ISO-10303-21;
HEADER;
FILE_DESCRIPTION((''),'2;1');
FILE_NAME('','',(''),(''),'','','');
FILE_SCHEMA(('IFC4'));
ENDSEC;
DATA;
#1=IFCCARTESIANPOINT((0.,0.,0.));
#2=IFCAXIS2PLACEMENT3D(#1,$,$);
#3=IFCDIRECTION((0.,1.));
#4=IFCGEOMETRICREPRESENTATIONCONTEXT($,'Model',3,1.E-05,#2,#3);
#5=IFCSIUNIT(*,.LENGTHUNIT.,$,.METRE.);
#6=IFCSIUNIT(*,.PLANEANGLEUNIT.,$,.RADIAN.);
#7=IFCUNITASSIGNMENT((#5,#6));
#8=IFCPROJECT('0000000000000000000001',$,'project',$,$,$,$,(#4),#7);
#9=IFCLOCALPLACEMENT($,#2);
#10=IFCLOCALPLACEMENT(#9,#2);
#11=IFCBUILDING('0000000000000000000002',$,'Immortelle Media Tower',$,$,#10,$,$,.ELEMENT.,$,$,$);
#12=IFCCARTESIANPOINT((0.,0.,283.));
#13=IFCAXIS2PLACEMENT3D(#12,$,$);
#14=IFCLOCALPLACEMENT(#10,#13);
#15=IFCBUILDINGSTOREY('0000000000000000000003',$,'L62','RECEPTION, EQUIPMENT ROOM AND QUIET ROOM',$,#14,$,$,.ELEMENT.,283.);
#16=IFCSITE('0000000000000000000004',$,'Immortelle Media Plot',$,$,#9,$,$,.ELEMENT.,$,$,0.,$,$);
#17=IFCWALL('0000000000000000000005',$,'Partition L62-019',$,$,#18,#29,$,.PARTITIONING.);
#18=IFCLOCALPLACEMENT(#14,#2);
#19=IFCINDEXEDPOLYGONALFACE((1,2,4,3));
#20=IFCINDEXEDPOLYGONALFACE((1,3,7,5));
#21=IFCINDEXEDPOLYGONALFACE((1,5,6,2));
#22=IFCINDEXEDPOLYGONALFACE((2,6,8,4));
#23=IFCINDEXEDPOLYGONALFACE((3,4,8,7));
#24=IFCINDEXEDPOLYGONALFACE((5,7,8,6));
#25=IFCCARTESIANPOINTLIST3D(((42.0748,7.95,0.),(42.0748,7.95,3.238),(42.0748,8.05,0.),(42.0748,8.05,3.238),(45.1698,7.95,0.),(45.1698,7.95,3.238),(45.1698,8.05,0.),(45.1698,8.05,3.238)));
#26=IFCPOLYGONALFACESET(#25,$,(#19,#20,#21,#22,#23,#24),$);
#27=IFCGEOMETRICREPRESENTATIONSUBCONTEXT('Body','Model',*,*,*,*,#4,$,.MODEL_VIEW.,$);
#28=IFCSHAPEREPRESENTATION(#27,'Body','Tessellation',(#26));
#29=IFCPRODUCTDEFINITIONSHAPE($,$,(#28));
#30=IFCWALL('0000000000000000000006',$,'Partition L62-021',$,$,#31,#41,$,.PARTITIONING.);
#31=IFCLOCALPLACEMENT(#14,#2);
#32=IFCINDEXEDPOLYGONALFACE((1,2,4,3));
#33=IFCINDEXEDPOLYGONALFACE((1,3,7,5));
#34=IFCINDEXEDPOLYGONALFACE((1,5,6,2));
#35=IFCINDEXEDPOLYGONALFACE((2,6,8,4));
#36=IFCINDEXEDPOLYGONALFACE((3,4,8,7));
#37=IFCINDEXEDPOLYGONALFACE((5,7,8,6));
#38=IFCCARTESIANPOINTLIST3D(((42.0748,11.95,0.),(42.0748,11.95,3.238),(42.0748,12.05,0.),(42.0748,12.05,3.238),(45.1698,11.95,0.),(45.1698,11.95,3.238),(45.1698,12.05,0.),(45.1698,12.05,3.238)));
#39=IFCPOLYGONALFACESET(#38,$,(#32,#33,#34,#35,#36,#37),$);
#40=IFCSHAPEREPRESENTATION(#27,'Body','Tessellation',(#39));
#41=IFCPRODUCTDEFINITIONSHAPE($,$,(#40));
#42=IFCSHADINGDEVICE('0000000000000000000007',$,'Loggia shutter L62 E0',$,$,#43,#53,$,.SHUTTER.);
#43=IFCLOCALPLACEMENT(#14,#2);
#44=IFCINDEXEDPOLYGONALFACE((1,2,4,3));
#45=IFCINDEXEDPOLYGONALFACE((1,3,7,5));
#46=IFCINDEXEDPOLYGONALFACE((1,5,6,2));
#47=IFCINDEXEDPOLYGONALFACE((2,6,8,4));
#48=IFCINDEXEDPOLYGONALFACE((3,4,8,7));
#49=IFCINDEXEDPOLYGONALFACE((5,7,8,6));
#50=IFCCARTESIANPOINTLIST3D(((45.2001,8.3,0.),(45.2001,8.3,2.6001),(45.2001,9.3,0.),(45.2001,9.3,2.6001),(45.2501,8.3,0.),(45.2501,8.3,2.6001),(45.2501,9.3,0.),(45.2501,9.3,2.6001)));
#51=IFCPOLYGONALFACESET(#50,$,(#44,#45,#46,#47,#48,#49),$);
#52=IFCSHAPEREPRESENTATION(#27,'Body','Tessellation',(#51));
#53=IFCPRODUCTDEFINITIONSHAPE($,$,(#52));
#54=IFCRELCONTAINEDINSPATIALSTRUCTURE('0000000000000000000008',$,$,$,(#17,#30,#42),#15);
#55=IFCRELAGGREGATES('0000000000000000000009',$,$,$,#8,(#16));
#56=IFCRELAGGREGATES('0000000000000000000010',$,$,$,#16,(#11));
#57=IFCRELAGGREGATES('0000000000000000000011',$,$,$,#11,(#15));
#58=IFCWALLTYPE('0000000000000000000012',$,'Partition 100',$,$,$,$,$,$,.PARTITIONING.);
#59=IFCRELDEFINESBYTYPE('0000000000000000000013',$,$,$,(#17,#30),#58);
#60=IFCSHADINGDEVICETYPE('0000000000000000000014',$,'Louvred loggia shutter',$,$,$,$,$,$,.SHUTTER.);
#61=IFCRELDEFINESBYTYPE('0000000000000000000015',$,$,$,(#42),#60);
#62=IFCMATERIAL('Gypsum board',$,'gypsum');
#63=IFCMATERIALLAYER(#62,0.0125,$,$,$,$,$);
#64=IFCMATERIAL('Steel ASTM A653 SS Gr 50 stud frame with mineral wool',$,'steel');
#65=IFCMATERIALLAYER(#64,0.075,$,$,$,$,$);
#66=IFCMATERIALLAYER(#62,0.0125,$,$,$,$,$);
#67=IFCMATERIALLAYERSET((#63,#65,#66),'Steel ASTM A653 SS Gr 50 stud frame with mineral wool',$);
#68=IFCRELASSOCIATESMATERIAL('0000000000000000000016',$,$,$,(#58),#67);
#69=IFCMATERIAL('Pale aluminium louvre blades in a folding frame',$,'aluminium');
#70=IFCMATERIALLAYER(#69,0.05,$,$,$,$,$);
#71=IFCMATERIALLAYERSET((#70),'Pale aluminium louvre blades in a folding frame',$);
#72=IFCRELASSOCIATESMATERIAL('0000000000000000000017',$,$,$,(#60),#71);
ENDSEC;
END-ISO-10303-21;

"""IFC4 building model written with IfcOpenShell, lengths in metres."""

from ifc_helpers import new_model, si_unit, direction, frame, frame_2d, origin, origin_2d, place, context, subcontext, project, spatial, rectangle, extrude, material, layer, layer_set, type_object, element, save


model = new_model("IFC4")

# Units and contexts
model_context = context("Model", 3, precision=1e-05, world=origin(), true_north=direction((0.0, 1.0)))
body_context = subcontext(model_context, "Body", "Model", "MODEL_VIEW")
ifc_project = project(units=[si_unit("LENGTHUNIT", "METRE"), si_unit("PLANEANGLEUNIT", "RADIAN")], contexts=[model_context])

# Site, building, storey
site_placement = place(None, origin())
site = spatial("IfcSite", under=ifc_project, at=site_placement, Name="Immortelle Media Plot", CompositionType="ELEMENT", RefElevation=0.0)
building_placement = place(site_placement, origin())
building = spatial("IfcBuilding", under=site, at=building_placement, Name="Immortelle Media Tower", CompositionType="ELEMENT")
storey_placement = place(building_placement, frame((0.0, 0.0, 283.0)))
storey = spatial("IfcBuildingStorey", under=building, at=storey_placement, Name="L62", Description="RECEPTION, EQUIPMENT ROOM AND QUIET ROOM", CompositionType="ELEMENT", Elevation=283.0)

# Shared definitions
ifc_material_1 = material(Name="Steel ASTM A653 SS Gr 50 stud frame with mineral wool", Category="steel")

# Walls
ifc_material_2 = material(Name="Gypsum board", Category="gypsum")
ifc_layer_1 = layer(ifc_material_2, 0.0125)
ifc_layer_2 = layer(ifc_material_1, 0.075)
ifc_layer_3 = layer(ifc_material_2, 0.0125)
ifc_layer_set_1 = layer_set([ifc_layer_1, ifc_layer_2, ifc_layer_3], Name="Steel ASTM A653 SS Gr 50 stud frame with mineral wool")
wall_type_1 = type_object("IfcWallType", Name="Partition 100", PredefinedType="PARTITIONING", material=ifc_layer_set_1)
for number, where, z_axis, x_axis, name in (
    (1, (42.075, 8.0, 0.0), (0.0, 0.0, 1.0), (1.0, 0.0, 0.0), "Partition L62-019"),
    (2, (42.075, 12.0, 0.0), (0.0, 0.0, 1.0), (1.0, 0.0, 0.0), "Partition L62-021"),
):
    element("IfcWall", number, at=place(storey_placement, frame(where, z_axis=z_axis, x_axis=x_axis)), inside=storey, type_object=wall_type_1, Name=name, PredefinedType="PARTITIONING", context=body_context, shape_type="SweptSolid", body=[
        extrude(rectangle(XDim=3.095, YDim=0.1001, at=frame_2d((1.5474, 0.0))), origin(), (0.0, 0.0, 1.0), 3.238),
    ])

# Shading device
ifc_material_3 = material(Name="Pale aluminium louvre blades in a folding frame", Category="aluminium")
ifc_layer_4 = layer(ifc_material_3, 0.05)
ifc_layer_set_2 = layer_set([ifc_layer_4], Name="Pale aluminium louvre blades in a folding frame")
shading_device_type = type_object("IfcShadingDeviceType", Name="Louvred loggia shutter", PredefinedType="SHUTTER", material=ifc_layer_set_2)
shading_device_placement = place(storey_placement, frame((45.2251, 8.8, 0.0), z_axis=(0.0, 0.0, 1.0), x_axis=(0.0, 1.0, 0.0)))
element("IfcShadingDevice", 3, at=shading_device_placement, inside=storey, type_object=shading_device_type, Name="Loggia shutter L62 E0", PredefinedType="SHUTTER", context=body_context, shape_type="SweptSolid", body=[
    extrude(rectangle(XDim=1.0, YDim=0.05, at=origin_2d()), origin(), (0.0, 0.0, 1.0), 2.6001),
])

save(model, "model.ifc")
